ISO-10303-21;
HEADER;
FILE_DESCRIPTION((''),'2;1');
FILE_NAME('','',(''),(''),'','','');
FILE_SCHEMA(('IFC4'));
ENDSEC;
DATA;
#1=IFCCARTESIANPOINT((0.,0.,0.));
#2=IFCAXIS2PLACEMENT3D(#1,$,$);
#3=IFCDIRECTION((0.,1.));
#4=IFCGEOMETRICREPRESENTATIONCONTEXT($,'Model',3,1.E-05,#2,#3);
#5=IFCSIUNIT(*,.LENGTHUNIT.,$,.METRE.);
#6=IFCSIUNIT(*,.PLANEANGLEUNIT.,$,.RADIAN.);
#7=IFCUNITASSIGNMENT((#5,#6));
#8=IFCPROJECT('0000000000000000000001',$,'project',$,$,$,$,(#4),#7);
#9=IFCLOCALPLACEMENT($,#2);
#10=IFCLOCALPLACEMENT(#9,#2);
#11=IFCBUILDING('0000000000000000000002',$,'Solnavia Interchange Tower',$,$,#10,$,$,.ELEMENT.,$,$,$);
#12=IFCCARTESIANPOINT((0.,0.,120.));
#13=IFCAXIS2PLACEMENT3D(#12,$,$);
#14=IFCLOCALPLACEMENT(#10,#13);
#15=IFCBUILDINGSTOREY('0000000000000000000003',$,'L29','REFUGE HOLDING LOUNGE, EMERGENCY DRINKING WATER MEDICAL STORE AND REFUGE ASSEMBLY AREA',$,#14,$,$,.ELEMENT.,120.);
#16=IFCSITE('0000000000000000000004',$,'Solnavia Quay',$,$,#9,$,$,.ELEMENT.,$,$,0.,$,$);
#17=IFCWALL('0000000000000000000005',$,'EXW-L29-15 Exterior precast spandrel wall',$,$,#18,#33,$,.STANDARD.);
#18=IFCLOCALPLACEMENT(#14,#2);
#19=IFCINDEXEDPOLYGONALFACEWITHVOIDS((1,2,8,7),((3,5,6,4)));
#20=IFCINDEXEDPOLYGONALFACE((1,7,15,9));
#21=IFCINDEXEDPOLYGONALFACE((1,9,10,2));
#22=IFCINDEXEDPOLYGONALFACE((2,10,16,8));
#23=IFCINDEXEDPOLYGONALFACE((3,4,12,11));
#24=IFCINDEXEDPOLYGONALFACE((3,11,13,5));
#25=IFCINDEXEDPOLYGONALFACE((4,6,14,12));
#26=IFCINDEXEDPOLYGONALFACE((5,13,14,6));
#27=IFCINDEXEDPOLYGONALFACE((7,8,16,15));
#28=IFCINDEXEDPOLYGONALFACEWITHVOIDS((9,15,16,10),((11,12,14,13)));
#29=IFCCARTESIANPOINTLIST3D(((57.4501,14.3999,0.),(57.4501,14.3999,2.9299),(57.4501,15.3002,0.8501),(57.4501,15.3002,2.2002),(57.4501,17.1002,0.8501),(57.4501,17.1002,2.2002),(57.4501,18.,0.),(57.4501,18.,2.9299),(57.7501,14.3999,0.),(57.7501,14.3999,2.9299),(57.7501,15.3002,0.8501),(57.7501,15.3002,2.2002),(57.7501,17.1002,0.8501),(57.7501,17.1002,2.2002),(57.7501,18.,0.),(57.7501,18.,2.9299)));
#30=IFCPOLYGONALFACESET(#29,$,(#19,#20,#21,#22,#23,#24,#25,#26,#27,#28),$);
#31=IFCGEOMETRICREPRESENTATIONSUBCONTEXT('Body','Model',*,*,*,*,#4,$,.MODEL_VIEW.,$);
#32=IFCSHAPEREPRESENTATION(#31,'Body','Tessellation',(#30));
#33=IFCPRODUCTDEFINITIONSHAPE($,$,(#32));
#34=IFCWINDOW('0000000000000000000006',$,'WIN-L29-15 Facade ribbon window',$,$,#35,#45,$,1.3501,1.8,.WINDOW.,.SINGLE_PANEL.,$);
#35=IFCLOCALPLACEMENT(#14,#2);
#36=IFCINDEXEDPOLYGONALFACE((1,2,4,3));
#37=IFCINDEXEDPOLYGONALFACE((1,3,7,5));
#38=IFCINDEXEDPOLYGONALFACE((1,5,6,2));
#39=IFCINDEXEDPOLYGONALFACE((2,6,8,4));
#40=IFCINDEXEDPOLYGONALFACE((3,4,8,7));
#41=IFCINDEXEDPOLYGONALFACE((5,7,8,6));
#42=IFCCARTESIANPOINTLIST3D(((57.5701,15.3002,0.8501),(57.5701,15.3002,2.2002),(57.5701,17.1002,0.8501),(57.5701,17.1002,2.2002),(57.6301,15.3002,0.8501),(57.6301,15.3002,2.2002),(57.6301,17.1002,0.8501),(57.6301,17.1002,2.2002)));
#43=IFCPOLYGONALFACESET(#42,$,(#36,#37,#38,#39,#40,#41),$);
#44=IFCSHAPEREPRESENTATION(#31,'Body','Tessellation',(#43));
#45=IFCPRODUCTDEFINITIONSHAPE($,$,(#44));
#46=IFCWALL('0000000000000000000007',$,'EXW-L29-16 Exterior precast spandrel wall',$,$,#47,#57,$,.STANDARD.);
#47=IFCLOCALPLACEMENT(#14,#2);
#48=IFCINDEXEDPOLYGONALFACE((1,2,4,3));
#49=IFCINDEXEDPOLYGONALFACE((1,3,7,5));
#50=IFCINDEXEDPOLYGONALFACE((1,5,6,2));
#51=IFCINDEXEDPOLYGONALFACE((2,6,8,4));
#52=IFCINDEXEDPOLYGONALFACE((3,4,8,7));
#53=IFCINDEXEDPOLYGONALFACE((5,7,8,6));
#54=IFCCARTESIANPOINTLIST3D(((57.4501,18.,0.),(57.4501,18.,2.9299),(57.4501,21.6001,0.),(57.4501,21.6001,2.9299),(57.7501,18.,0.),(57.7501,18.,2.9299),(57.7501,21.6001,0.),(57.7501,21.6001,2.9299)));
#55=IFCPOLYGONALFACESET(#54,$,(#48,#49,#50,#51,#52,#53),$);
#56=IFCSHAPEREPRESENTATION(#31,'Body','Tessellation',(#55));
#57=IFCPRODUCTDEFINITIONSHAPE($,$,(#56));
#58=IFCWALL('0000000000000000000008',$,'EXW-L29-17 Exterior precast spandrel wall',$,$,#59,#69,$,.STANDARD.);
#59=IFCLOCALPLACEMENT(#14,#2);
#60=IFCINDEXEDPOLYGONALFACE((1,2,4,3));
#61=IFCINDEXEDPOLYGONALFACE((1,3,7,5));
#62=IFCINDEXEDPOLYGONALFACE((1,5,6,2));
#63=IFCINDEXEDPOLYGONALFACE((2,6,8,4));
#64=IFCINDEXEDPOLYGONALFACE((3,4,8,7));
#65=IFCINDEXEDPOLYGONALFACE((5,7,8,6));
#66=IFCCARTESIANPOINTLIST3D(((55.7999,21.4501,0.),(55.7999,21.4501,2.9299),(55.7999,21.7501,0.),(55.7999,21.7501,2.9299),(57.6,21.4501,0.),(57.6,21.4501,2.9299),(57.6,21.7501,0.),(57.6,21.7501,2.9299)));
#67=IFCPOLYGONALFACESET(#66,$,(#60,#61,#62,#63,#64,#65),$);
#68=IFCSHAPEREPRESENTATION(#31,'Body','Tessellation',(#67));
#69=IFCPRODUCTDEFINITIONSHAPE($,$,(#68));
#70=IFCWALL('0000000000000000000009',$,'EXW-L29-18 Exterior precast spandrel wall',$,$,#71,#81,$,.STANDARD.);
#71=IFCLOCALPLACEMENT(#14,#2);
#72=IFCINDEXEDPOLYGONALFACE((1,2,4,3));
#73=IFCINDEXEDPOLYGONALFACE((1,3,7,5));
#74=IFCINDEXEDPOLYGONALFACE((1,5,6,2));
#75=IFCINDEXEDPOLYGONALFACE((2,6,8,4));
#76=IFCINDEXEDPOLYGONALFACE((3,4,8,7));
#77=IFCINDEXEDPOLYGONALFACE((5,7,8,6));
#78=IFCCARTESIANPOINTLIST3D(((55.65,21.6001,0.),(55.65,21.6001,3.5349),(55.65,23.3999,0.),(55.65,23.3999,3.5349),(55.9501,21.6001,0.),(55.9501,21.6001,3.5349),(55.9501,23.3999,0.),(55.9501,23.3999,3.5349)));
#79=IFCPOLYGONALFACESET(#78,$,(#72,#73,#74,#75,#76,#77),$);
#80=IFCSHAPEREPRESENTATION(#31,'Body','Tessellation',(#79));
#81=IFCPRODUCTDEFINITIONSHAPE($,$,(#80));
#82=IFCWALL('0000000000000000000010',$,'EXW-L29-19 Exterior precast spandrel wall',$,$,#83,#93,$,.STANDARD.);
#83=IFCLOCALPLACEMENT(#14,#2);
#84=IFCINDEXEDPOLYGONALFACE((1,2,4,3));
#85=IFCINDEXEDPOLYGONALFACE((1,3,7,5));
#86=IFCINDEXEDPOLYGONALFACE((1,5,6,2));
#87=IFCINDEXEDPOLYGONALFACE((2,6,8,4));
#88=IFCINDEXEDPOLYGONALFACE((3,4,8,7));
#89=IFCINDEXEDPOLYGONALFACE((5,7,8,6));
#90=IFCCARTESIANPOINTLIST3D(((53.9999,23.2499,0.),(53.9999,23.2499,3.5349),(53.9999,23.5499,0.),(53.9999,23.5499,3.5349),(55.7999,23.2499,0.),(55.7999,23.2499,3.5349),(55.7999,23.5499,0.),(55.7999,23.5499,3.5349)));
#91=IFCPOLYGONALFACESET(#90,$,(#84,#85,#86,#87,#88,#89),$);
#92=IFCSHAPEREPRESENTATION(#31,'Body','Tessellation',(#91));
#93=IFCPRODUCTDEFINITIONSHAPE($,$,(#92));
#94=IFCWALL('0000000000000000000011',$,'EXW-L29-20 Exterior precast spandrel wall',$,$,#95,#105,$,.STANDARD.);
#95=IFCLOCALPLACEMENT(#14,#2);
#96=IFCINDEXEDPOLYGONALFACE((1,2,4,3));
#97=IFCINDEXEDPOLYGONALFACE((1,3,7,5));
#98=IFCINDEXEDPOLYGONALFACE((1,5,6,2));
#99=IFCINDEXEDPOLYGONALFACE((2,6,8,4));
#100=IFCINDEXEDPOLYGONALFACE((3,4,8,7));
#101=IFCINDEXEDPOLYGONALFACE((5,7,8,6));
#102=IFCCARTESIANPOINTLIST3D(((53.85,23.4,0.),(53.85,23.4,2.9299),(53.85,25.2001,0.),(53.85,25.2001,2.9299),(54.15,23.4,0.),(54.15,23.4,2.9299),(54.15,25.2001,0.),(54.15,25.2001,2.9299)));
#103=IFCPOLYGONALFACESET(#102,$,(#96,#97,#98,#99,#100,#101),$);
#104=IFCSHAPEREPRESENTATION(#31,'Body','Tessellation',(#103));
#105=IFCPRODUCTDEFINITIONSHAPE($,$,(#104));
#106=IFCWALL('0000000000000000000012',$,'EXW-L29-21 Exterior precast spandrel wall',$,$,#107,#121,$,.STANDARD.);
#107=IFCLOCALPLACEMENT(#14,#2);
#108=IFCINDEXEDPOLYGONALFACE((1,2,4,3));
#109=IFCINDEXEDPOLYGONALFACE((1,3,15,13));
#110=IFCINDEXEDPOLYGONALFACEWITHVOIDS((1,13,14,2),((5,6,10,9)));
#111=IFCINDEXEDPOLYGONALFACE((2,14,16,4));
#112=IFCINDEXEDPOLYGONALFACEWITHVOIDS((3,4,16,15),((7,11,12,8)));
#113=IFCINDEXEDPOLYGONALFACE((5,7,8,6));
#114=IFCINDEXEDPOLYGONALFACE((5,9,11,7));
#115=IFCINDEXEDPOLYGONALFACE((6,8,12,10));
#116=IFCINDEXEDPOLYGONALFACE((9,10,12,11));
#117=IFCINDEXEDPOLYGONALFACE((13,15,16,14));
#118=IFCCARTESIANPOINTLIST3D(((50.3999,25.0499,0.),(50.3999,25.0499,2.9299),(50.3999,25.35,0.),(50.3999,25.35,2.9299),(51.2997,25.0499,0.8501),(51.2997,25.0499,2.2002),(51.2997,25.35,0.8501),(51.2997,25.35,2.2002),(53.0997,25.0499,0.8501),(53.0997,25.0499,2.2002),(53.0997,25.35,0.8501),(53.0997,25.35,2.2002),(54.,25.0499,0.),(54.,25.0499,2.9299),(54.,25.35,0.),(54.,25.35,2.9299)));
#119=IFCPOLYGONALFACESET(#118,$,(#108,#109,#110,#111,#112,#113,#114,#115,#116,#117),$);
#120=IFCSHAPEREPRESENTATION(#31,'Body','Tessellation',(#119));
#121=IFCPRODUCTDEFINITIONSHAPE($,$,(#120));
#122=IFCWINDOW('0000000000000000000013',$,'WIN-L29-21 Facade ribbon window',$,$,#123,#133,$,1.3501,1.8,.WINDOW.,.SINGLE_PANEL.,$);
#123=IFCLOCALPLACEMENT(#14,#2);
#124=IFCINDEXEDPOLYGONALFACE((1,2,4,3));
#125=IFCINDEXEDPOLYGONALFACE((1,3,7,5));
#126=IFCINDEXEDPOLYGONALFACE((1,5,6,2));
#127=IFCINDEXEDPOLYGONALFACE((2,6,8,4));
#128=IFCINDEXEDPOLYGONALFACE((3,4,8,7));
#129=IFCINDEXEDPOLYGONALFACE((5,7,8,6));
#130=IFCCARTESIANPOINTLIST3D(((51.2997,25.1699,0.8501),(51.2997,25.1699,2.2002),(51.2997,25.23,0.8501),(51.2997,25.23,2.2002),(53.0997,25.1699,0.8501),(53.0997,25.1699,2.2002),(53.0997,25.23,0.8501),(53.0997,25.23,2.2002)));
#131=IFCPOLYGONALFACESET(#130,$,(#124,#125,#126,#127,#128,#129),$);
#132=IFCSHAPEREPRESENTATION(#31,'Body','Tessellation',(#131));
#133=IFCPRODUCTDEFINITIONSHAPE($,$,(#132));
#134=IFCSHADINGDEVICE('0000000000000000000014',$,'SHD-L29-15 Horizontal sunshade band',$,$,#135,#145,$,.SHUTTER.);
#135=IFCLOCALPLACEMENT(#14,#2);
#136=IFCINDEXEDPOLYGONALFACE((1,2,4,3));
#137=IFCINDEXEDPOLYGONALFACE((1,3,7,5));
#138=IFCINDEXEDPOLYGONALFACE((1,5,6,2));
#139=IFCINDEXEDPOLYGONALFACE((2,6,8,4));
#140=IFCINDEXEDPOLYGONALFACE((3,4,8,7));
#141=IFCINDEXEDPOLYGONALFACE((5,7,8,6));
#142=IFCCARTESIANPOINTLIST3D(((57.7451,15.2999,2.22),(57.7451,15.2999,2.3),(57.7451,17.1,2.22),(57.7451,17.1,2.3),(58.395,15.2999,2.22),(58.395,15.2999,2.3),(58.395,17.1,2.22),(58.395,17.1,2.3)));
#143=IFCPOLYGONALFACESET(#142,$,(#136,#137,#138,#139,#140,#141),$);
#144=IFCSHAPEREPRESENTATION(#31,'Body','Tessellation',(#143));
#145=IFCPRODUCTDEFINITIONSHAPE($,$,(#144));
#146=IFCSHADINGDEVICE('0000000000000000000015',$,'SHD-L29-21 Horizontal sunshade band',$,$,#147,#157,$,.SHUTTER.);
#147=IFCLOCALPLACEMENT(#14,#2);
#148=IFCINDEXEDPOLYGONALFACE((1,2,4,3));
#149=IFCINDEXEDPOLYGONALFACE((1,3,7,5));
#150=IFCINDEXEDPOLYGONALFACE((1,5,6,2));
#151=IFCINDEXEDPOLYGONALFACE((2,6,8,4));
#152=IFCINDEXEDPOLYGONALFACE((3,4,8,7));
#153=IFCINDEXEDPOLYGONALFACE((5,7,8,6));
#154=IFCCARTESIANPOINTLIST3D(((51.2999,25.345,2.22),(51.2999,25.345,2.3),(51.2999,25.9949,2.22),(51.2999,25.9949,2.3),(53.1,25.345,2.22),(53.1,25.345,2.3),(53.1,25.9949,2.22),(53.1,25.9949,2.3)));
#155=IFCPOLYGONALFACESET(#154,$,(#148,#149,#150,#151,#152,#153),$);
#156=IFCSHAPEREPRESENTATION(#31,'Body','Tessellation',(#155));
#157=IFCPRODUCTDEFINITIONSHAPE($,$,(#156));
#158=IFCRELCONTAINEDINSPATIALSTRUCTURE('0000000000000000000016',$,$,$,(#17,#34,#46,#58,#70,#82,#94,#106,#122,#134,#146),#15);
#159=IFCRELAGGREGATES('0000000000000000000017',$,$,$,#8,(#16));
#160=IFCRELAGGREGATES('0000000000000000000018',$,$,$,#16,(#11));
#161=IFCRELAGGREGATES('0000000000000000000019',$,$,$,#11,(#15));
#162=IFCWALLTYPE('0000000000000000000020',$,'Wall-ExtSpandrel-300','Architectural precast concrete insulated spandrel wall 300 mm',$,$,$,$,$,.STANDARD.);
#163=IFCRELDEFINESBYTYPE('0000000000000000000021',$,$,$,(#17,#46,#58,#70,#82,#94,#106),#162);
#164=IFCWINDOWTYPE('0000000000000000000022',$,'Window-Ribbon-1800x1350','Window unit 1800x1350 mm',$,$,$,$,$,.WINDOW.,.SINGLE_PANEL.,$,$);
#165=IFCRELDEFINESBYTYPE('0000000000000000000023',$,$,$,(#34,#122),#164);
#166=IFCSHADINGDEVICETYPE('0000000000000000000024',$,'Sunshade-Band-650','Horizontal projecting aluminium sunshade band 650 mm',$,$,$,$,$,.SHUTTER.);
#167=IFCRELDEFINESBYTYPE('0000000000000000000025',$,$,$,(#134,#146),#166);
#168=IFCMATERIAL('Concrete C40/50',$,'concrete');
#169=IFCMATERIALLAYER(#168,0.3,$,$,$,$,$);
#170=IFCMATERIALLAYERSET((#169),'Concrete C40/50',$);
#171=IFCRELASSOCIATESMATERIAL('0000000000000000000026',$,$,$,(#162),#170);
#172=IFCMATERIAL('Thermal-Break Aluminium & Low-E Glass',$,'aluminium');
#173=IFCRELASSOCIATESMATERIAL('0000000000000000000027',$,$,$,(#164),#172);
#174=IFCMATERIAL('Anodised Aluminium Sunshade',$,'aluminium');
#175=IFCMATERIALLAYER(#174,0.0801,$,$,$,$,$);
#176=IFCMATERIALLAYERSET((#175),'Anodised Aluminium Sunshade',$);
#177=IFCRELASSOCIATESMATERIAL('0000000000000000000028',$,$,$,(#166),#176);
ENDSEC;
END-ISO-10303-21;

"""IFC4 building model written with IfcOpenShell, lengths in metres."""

from ifc_helpers import new_model, si_unit, direction, frame, frame_2d, origin, origin_2d, place, context, subcontext, project, spatial, rectangle, extrude, material, layer, layer_set, type_object, element, fill, save


model = new_model("IFC4")

# Units and contexts
model_context = context("Model", 3, precision=1e-05, world=origin(), true_north=direction((0.0, 1.0)))
body_context = subcontext(model_context, "Body", "Model", "MODEL_VIEW")
ifc_project = project(units=[si_unit("LENGTHUNIT", "METRE"), si_unit("PLANEANGLEUNIT", "RADIAN")], contexts=[model_context])

# Site, building, storey
site_placement = place(None, origin())
site = spatial("IfcSite", under=ifc_project, at=site_placement, Name="Solnavia Quay", CompositionType="ELEMENT", RefElevation=0.0)
building_placement = place(site_placement, origin())
building = spatial("IfcBuilding", under=site, at=building_placement, Name="Solnavia Interchange Tower", CompositionType="ELEMENT")
storey_placement = place(building_placement, frame((0.0, 0.0, 120.0)))
storey = spatial("IfcBuildingStorey", under=building, at=storey_placement, Name="L29", Description="REFUGE HOLDING LOUNGE, EMERGENCY DRINKING WATER MEDICAL STORE AND REFUGE ASSEMBLY AREA", CompositionType="ELEMENT", Elevation=120.0)

# Wall, opening, window
ifc_material_1 = material(Name="Concrete C40/50", Category="concrete")
ifc_layer_1 = layer(ifc_material_1, 0.3)
ifc_layer_set_1 = layer_set([ifc_layer_1], Name="Concrete C40/50")
wall_type = type_object("IfcWallType", Name="Wall-ExtSpandrel-300", Description="Architectural precast concrete insulated spandrel wall 300 mm", PredefinedType="STANDARD", material=ifc_layer_set_1)
wall_1_placement = place(storey_placement, frame((57.6001, 18.0, 0.0), z_axis=(0.0, 0.0, 1.0), x_axis=(0.0, -1.0, 0.0)))
wall_1 = element("IfcWall", 1, at=wall_1_placement, inside=storey, type_object=wall_type, Name="EXW-L29-15 Exterior precast spandrel wall", PredefinedType="STANDARD", context=body_context, shape_type="SweptSolid", body=[
    extrude(rectangle(XDim=3.6001, YDim=0.3, at=frame_2d((1.8, 0.0))), origin(), (0.0, 0.0, 1.0), 2.9299),
])
opening_1_placement = place(wall_1_placement, frame((0.8999, 0.0, 0.8501)))
opening_1 = element("IfcOpeningElement", 2, at=opening_1_placement, cuts=wall_1, PredefinedType="OPENING", context=body_context, shape_type="SweptSolid", body=[
    extrude(rectangle(XDim=1.8, YDim=1.3501, at=frame_2d((0.8999, 0.675))), frame((0.0, 0.1602, 0.0), z_axis=(0.0, -1.0, 0.0), x_axis=(1.0, 0.0, 0.0)), (0.0, 0.0, 1.0), 0.3201),
])
ifc_material_2 = material(Name="Thermal-Break Aluminium & Low-E Glass", Category="aluminium")
window_type = type_object("IfcWindowType", Name="Window-Ribbon-1800x1350", Description="Window unit 1800x1350 mm", PartitioningType="SINGLE_PANEL", PredefinedType="WINDOW", material=ifc_material_2)
window_1_placement = place(opening_1_placement, origin())
window_1 = element("IfcWindow", 3, at=window_1_placement, inside=storey, type_object=window_type, Name="WIN-L29-15 Facade ribbon window", OverallHeight=1.3501, OverallWidth=1.8, PartitioningType="SINGLE_PANEL", PredefinedType="WINDOW", context=body_context, shape_type="SweptSolid", body=[
    extrude(rectangle(XDim=1.8, YDim=1.3501, at=frame_2d((0.8999, 0.675))), frame((0.0, 0.03, 0.0), z_axis=(0.0, -1.0, 0.0), x_axis=(1.0, 0.0, 0.0)), (0.0, 0.0, 1.0), 0.0601),
])
fill(opening_1, window_1)

# Walls
wall_2_placement = place(storey_placement, frame((57.6001, 21.6001, 0.0), z_axis=(0.0, 0.0, 1.0), x_axis=(0.0, -1.0, 0.0)))
element("IfcWall", 4, at=wall_2_placement, inside=storey, type_object=wall_type, Name="EXW-L29-16 Exterior precast spandrel wall", PredefinedType="STANDARD", context=body_context, shape_type="SweptSolid", body=[
    extrude(rectangle(XDim=3.6001, YDim=0.3, at=frame_2d((1.8, 0.0))), origin(), (0.0, 0.0, 1.0), 2.9299),
])
wall_3_placement = place(storey_placement, frame((55.8, 21.6001, 0.0), z_axis=(0.0, 0.0, 1.0), x_axis=(1.0, 0.0, 0.0)))
element("IfcWall", 5, at=wall_3_placement, inside=storey, type_object=wall_type, Name="EXW-L29-17 Exterior precast spandrel wall", PredefinedType="STANDARD", context=body_context, shape_type="SweptSolid", body=[
    extrude(rectangle(XDim=1.8, YDim=0.3, at=frame_2d((0.8999, 0.0))), origin(), (0.0, 0.0, 1.0), 2.9299),
])
wall_4_placement = place(storey_placement, frame((55.8, 23.3999, 0.0), z_axis=(0.0, 0.0, 1.0), x_axis=(0.0, -1.0, 0.0)))
element("IfcWall", 6, at=wall_4_placement, inside=storey, type_object=wall_type, Name="EXW-L29-18 Exterior precast spandrel wall", PredefinedType="STANDARD", context=body_context, shape_type="SweptSolid", body=[
    extrude(rectangle(XDim=1.7998, YDim=0.3, at=frame_2d((0.8999, 0.0))), origin(), (0.0, 0.0, 1.0), 3.5349),
])
wall_5_placement = place(storey_placement, frame((54.0, 23.3999, 0.0), z_axis=(0.0, 0.0, 1.0), x_axis=(1.0, 0.0, 0.0)))
element("IfcWall", 7, at=wall_5_placement, inside=storey, type_object=wall_type, Name="EXW-L29-19 Exterior precast spandrel wall", PredefinedType="STANDARD", context=body_context, shape_type="SweptSolid", body=[
    extrude(rectangle(XDim=1.8, YDim=0.3, at=frame_2d((0.8999, 0.0))), origin(), (0.0, 0.0, 1.0), 3.5349),
])
wall_6_placement = place(storey_placement, frame((54.0, 25.2, 0.0), z_axis=(0.0, 0.0, 1.0), x_axis=(0.0, -1.0, 0.0)))
element("IfcWall", 8, at=wall_6_placement, inside=storey, type_object=wall_type, Name="EXW-L29-20 Exterior precast spandrel wall", PredefinedType="STANDARD", context=body_context, shape_type="SweptSolid", body=[
    extrude(rectangle(XDim=1.8, YDim=0.3, at=frame_2d((0.8999, 0.0))), origin(), (0.0, 0.0, 1.0), 2.9299),
])

# Wall, opening, window
wall_7_placement = place(storey_placement, frame((50.3999, 25.2, 0.0), z_axis=(0.0, 0.0, 1.0), x_axis=(1.0, 0.0, 0.0)))
wall_7 = element("IfcWall", 9, at=wall_7_placement, inside=storey, type_object=wall_type, Name="EXW-L29-21 Exterior precast spandrel wall", PredefinedType="STANDARD", context=body_context, shape_type="SweptSolid", body=[
    extrude(rectangle(XDim=3.6001, YDim=0.3, at=frame_2d((1.8, 0.0))), origin(), (0.0, 0.0, 1.0), 2.9299),
])
opening_2_placement = place(wall_7_placement, frame((0.8999, 0.0, 0.8501)))
opening_2 = element("IfcOpeningElement", 10, at=opening_2_placement, cuts=wall_7, PredefinedType="OPENING", context=body_context, shape_type="SweptSolid", body=[
    extrude(rectangle(XDim=1.8, YDim=1.3501, at=frame_2d((0.8999, 0.675))), frame((0.0, 0.1602, 0.0), z_axis=(0.0, -1.0, 0.0), x_axis=(1.0, 0.0, 0.0)), (0.0, 0.0, 1.0), 0.3201),
])
window_2_placement = place(opening_2_placement, origin())
window_2 = element("IfcWindow", 11, at=window_2_placement, inside=storey, type_object=window_type, Name="WIN-L29-21 Facade ribbon window", OverallHeight=1.3501, OverallWidth=1.8, PartitioningType="SINGLE_PANEL", PredefinedType="WINDOW", context=body_context, shape_type="SweptSolid", body=[
    extrude(rectangle(XDim=1.8, YDim=1.3501, at=frame_2d((0.8999, 0.675))), frame((0.0, 0.03, 0.0), z_axis=(0.0, -1.0, 0.0), x_axis=(1.0, 0.0, 0.0)), (0.0, 0.0, 1.0), 0.0601),
])
fill(opening_2, window_2)

# Shading devices
ifc_material_3 = material(Name="Anodised Aluminium Sunshade", Category="aluminium")
ifc_layer_2 = layer(ifc_material_3, 0.0801)
ifc_layer_set_2 = layer_set([ifc_layer_2], Name="Anodised Aluminium Sunshade")
shading_device_type = type_object("IfcShadingDeviceType", Name="Sunshade-Band-650", Description="Horizontal projecting aluminium sunshade band 650 mm", PredefinedType="SHUTTER", material=ifc_layer_set_2)
for number, where, z_axis, x_axis, name in (
    (12, (58.0701, 16.2, 2.22), (0.0, 0.0, 1.0), (0.0, -1.0, 0.0), "SHD-L29-15 Horizontal sunshade band"),
    (13, (52.2, 25.6699, 2.22), (0.0, 0.0, 1.0), (1.0, 0.0, 0.0), "SHD-L29-21 Horizontal sunshade band"),
):
    element("IfcShadingDevice", number, at=place(storey_placement, frame(where, z_axis=z_axis, x_axis=x_axis)), inside=storey, type_object=shading_device_type, Name=name, PredefinedType="SHUTTER", context=body_context, shape_type="SweptSolid", body=[
        extrude(rectangle(XDim=1.8, YDim=0.6499, at=origin_2d()), origin(), (0.0, 0.0, 1.0), 0.0801),
    ])

save(model, "model.ifc")
